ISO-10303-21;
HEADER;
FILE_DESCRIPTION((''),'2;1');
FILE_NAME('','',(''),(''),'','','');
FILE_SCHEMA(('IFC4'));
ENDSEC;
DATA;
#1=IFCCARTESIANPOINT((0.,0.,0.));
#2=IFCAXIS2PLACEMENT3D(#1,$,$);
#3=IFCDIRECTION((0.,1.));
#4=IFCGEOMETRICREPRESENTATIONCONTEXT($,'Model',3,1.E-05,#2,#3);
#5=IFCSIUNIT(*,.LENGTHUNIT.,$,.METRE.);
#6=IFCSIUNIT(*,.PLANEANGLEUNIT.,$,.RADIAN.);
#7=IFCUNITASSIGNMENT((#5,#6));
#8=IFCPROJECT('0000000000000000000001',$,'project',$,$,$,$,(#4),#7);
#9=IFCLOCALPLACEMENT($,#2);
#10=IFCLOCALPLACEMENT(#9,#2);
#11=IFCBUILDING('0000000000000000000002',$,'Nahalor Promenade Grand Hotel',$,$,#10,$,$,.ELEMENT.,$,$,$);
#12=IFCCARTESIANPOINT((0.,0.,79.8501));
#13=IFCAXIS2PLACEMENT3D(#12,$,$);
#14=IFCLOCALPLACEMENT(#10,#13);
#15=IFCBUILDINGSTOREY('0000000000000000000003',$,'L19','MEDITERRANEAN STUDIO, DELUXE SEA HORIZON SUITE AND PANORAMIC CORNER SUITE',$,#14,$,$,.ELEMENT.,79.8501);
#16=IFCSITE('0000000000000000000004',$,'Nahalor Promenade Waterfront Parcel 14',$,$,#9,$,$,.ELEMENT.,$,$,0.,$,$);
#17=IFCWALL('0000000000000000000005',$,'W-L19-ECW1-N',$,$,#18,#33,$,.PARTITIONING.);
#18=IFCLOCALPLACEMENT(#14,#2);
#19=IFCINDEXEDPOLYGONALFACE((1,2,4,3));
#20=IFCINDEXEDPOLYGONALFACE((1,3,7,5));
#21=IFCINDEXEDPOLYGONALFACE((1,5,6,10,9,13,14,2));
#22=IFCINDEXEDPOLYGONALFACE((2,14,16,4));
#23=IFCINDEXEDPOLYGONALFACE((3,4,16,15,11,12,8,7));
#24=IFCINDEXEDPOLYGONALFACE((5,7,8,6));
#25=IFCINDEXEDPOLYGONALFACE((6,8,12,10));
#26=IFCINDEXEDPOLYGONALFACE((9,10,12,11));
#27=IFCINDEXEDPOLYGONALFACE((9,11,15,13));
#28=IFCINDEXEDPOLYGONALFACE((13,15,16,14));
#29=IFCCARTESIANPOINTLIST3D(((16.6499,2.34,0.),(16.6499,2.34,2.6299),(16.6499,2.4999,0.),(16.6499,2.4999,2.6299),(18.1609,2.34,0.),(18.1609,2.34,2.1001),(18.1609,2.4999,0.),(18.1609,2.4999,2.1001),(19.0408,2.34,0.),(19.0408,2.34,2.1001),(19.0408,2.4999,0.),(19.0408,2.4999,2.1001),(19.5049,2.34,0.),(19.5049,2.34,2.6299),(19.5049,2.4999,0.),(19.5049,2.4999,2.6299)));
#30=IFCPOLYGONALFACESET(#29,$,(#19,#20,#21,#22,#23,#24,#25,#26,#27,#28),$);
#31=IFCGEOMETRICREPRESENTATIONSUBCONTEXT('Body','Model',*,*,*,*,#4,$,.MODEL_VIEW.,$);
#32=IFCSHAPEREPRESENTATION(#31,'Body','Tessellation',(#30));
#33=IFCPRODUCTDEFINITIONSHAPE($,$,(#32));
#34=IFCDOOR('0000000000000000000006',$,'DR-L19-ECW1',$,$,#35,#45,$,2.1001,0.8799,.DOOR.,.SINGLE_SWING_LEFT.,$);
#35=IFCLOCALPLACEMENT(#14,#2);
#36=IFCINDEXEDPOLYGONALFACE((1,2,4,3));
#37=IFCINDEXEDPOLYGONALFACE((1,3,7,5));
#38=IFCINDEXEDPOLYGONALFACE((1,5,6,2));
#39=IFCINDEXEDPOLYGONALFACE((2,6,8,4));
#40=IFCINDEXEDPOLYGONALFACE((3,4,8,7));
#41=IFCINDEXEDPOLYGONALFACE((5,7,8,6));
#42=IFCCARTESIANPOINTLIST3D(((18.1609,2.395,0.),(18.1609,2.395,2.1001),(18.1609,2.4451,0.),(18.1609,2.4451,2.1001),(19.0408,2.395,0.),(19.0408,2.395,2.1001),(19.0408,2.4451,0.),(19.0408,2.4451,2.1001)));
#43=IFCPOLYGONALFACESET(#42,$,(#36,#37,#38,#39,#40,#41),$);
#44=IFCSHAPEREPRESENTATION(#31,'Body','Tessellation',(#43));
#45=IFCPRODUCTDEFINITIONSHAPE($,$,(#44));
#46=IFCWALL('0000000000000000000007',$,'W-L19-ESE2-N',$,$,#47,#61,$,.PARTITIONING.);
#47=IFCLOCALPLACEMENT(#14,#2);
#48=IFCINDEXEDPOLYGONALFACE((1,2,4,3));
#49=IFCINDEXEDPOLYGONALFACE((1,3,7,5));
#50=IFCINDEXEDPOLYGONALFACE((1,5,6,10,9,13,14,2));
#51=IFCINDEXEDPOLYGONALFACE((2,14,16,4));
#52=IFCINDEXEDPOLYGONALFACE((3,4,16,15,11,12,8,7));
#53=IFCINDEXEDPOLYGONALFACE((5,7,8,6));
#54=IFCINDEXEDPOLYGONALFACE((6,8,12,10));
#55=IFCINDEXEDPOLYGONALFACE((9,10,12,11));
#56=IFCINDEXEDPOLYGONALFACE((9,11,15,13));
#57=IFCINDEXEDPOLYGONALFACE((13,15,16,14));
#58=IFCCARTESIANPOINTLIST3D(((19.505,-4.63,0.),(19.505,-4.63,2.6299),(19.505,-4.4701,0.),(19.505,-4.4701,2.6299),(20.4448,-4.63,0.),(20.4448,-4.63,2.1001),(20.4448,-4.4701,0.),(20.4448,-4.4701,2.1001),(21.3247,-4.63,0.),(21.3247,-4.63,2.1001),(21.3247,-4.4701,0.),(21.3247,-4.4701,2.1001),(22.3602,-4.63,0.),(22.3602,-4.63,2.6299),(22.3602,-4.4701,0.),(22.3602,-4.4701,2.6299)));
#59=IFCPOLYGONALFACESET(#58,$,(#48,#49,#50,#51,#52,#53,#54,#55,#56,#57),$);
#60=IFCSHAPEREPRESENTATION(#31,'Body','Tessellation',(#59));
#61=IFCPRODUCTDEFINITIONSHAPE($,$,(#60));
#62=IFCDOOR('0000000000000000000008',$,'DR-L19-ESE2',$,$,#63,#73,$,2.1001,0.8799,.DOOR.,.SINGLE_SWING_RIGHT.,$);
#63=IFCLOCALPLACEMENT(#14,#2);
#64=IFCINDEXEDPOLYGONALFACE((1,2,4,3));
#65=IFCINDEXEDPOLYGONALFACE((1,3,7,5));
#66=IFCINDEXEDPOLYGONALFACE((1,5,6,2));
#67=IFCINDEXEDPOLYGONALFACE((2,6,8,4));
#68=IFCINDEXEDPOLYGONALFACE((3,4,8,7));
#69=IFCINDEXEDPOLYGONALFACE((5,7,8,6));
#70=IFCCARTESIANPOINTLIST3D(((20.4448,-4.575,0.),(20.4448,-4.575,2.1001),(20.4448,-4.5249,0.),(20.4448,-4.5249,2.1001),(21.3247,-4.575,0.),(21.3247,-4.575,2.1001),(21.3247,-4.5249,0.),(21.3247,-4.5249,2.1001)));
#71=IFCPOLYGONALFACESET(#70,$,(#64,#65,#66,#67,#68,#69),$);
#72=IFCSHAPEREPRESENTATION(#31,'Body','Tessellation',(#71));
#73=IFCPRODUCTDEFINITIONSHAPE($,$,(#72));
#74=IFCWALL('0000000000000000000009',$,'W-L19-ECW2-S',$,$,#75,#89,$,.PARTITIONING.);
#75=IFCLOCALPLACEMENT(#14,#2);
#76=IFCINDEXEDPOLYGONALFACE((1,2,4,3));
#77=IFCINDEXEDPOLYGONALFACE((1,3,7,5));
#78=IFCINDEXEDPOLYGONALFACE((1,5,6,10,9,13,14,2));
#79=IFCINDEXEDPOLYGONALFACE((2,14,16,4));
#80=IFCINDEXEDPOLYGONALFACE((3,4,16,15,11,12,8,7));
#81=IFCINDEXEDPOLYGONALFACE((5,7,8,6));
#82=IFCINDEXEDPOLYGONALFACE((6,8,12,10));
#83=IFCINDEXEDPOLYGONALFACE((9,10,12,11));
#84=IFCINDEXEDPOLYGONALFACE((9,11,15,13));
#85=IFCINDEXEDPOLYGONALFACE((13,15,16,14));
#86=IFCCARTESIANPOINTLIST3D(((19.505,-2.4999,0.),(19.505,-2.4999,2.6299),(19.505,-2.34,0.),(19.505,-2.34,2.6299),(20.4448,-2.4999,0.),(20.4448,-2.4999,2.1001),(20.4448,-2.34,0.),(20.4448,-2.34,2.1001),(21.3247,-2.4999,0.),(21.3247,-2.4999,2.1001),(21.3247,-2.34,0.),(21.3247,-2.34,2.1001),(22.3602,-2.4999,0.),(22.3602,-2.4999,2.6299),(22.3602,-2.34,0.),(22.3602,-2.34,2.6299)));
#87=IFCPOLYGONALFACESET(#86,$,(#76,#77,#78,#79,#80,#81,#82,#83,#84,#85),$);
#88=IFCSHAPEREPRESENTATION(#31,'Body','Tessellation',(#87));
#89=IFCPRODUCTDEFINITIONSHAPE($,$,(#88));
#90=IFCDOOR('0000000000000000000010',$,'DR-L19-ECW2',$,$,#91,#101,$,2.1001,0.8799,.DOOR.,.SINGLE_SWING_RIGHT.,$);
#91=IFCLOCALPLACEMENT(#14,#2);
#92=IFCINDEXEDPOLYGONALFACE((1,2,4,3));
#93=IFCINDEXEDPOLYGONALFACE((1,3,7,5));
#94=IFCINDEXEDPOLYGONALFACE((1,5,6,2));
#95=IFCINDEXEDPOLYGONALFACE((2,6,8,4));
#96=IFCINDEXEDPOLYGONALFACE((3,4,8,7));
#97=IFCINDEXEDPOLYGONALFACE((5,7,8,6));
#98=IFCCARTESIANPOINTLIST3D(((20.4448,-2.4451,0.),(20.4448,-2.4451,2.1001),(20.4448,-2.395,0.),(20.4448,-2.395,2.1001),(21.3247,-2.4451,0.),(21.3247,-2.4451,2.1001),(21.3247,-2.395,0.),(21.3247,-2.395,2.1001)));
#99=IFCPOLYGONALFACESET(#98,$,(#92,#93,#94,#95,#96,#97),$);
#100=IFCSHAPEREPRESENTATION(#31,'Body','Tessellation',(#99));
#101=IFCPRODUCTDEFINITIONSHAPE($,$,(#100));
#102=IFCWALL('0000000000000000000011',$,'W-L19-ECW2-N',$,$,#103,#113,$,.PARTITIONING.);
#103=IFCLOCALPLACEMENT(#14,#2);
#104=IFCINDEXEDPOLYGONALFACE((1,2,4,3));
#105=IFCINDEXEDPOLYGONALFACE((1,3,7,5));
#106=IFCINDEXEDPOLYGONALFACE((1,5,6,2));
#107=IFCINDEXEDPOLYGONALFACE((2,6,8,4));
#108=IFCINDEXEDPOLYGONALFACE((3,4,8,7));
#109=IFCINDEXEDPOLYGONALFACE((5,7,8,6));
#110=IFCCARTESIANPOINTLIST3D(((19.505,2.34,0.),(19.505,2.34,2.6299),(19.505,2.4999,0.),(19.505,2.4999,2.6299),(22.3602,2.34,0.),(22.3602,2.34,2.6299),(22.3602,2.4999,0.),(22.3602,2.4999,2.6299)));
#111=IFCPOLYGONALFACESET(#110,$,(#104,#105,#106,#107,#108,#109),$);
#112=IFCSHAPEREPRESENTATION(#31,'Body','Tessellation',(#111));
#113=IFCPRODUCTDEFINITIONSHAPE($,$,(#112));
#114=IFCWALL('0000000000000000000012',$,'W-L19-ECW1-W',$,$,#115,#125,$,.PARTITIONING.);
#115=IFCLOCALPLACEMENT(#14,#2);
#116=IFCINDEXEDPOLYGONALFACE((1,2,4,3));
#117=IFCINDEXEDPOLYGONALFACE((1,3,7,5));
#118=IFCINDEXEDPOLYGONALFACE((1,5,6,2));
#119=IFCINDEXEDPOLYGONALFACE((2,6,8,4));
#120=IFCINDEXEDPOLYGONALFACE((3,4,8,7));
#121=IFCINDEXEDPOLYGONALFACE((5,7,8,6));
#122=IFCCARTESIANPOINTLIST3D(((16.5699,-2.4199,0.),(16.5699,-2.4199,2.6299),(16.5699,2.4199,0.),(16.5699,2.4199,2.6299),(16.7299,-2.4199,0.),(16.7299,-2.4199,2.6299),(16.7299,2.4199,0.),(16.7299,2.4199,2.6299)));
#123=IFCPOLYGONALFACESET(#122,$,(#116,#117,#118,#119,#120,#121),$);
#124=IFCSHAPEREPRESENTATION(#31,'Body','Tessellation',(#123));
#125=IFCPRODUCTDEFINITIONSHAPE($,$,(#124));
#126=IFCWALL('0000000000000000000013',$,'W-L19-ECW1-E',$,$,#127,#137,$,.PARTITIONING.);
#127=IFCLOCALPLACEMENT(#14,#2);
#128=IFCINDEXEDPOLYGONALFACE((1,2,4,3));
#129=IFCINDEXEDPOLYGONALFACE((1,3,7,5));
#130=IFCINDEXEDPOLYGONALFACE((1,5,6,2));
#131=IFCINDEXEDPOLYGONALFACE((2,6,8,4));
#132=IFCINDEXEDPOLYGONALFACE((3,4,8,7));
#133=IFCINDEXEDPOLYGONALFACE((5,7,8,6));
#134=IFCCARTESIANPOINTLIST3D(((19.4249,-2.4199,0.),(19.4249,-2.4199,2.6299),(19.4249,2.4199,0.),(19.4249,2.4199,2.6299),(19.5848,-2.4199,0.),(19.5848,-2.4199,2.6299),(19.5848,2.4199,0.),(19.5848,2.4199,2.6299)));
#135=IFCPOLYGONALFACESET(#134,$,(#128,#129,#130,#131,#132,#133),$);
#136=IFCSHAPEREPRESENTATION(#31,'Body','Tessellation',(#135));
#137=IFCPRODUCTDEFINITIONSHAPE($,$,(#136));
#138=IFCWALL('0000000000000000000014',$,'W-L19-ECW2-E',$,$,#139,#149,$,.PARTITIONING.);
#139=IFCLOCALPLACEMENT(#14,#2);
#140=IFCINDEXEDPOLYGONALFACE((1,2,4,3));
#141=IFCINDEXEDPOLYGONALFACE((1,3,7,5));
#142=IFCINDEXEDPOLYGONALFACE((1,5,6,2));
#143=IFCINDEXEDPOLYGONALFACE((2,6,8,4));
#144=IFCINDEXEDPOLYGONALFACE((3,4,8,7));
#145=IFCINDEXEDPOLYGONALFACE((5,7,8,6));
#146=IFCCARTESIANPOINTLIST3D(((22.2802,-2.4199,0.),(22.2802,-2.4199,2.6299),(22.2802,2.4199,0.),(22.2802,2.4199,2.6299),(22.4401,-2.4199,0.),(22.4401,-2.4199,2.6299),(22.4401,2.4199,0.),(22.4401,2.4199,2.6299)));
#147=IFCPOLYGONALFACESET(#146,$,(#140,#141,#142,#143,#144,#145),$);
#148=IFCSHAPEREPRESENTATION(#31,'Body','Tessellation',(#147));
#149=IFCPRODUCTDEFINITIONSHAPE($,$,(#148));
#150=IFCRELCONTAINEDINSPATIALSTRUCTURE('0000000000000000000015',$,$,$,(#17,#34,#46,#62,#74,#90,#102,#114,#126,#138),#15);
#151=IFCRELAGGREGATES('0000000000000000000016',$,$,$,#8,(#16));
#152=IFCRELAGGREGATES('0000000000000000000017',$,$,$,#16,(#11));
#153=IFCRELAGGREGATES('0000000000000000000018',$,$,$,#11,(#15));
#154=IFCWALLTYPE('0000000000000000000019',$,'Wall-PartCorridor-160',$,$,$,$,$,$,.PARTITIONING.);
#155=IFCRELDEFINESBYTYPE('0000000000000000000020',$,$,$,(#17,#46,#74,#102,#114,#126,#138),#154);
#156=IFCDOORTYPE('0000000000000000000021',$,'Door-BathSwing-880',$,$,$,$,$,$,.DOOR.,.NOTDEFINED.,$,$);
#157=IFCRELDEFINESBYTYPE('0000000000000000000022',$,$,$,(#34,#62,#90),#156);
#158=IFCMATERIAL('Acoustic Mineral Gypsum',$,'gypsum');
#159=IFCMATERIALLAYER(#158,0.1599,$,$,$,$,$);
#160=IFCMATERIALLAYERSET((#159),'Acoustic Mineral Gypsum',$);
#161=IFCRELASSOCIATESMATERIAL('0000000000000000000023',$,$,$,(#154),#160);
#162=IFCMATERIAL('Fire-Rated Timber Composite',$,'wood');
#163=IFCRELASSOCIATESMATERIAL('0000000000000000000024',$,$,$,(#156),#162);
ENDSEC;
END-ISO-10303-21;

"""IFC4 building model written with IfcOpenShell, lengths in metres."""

from ifc_helpers import new_model, si_unit, direction, frame, frame_2d, origin, place, context, subcontext, project, spatial, rectangle, extrude, source, transform, mapped, material, layer, layer_set, type_object, element, fill, save


model = new_model("IFC4")

# Units and contexts
model_context = context("Model", 3, precision=1e-05, world=origin(), true_north=direction((0.0, 1.0)))
body_context = subcontext(model_context, "Body", "Model", "MODEL_VIEW")
ifc_project = project(units=[si_unit("LENGTHUNIT", "METRE"), si_unit("PLANEANGLEUNIT", "RADIAN")], contexts=[model_context])

# Site, building, storey
site_placement = place(None, origin())
site = spatial("IfcSite", under=ifc_project, at=site_placement, Name="Nahalor Promenade Waterfront Parcel 14", CompositionType="ELEMENT", RefElevation=0.0)
building_placement = place(site_placement, origin())
building = spatial("IfcBuilding", under=site, at=building_placement, Name="Nahalor Promenade Grand Hotel", CompositionType="ELEMENT")
storey_placement = place(building_placement, frame((0.0, 0.0, 79.8501)))
storey = spatial("IfcBuildingStorey", under=building, at=storey_placement, Name="L19", Description="MEDITERRANEAN STUDIO, DELUXE SEA HORIZON SUITE AND PANORAMIC CORNER SUITE", CompositionType="ELEMENT", Elevation=79.8501)

# Shared definitions
ifc_material_1 = material(Name="Acoustic Mineral Gypsum", Category="gypsum")
ifc_layer_1 = layer(ifc_material_1, 0.1599)
ifc_layer_set_1 = layer_set([ifc_layer_1], Name="Acoustic Mineral Gypsum")
wall_type_1 = type_object("IfcWallType", Name="Wall-PartCorridor-160", PredefinedType="PARTITIONING", material=ifc_layer_set_1)
ifc_material_2 = material(Name="Fire-Rated Timber Composite", Category="wood")

# Shared definitions
shared_shape_1 = source(origin(), body_context, "Body", "SweptSolid", [
    extrude(rectangle(XDim=2.855, YDim=0.1599, at=frame_2d((1.4275, 0.0))), origin(), (0.0, 0.0, 1.0), 2.6299),
])

# Walls, openings, doors
wall_1_placement = place(storey_placement, frame((16.6499, 2.4199, 0.0), z_axis=(0.0, 0.0, 1.0), x_axis=(1.0, 0.0, 0.0)))
wall_1 = element("IfcWall", 1, at=wall_1_placement, inside=storey, type_object=wall_type_1, Name="W-L19-ECW1-N", PredefinedType="PARTITIONING", context=body_context, shape_type="MappedRepresentation", body=[
    mapped(shared_shape_1, transform((0.0, 0.0, 0.0), scale=1.0)),
])
opening_1_placement = place(wall_1_placement, frame((1.511, 0.0, 0.0)))
opening_1 = element("IfcOpeningElement", 2, at=opening_1_placement, cuts=wall_1, PredefinedType="OPENING", context=body_context, shape_type="SweptSolid", body=[
    extrude(rectangle(XDim=0.8799, YDim=2.1001, at=frame_2d((0.4399, 1.05))), frame((0.0, 0.0898, 0.0), z_axis=(0.0, -1.0, 0.0), x_axis=(1.0, 0.0, 0.0)), (0.0, 0.0, 1.0), 0.1799),
])
door_type_1 = type_object("IfcDoorType", Name="Door-BathSwing-880", OperationType="NOTDEFINED", PredefinedType="DOOR", material=ifc_material_2)
shared_shape_2 = source(origin(), body_context, "Body", "SweptSolid", [
    extrude(rectangle(XDim=0.8799, YDim=2.1001, at=frame_2d((0.4399, 1.05))), frame((0.0, 0.0249, 0.0), z_axis=(0.0, -1.0, 0.0), x_axis=(1.0, 0.0, 0.0)), (0.0, 0.0, 1.0), 0.05),
])
door_1_placement = place(opening_1_placement, frame((0.8799, 0.0, 0.0), z_axis=(0.0, 0.0, 1.0), x_axis=(-1.0, 0.0, 0.0)))
door_1 = element("IfcDoor", 3, at=door_1_placement, inside=storey, type_object=door_type_1, Name="DR-L19-ECW1", OperationType="SINGLE_SWING_LEFT", OverallHeight=2.1001, OverallWidth=0.8799, PredefinedType="DOOR", context=body_context, shape_type="MappedRepresentation", body=[
    mapped(shared_shape_2, transform((0.0, 0.0, 0.0), scale=1.0)),
])
fill(opening_1, door_1)
shared_shape_3 = source(origin(), body_context, "Body", "SweptSolid", [
    extrude(rectangle(XDim=2.8552, YDim=0.1599, at=frame_2d((1.4277, 0.0))), origin(), (0.0, 0.0, 1.0), 2.6299),
])
wall_2_placement = place(storey_placement, frame((19.5049, -4.55, 0.0), z_axis=(0.0, 0.0, 1.0), x_axis=(1.0, 0.0, 0.0)))
wall_2 = element("IfcWall", 4, at=wall_2_placement, inside=storey, type_object=wall_type_1, Name="W-L19-ESE2-N", PredefinedType="PARTITIONING", context=body_context, shape_type="MappedRepresentation", body=[
    mapped(shared_shape_3, transform((0.0, 0.0, 0.0), scale=1.0)),
])
opening_2_placement = place(wall_2_placement, frame((0.9399, 0.0, 0.0)))
opening_2 = element("IfcOpeningElement", 5, at=opening_2_placement, cuts=wall_2, PredefinedType="OPENING", context=body_context, shape_type="SweptSolid", body=[
    extrude(rectangle(XDim=0.8799, YDim=2.1001, at=frame_2d((0.4399, 1.05))), frame((0.0, 0.0898, 0.0), z_axis=(0.0, -1.0, 0.0), x_axis=(1.0, 0.0, 0.0)), (0.0, 0.0, 1.0), 0.1799),
])
door_2_placement = place(opening_2_placement, frame((0.8799, 0.0, 0.0), z_axis=(0.0, 0.0, 1.0), x_axis=(-1.0, 0.0, 0.0)))
door_2 = element("IfcDoor", 6, at=door_2_placement, inside=storey, type_object=door_type_1, Name="DR-L19-ESE2", OperationType="SINGLE_SWING_RIGHT", OverallHeight=2.1001, OverallWidth=0.8799, PredefinedType="DOOR", context=body_context, shape_type="MappedRepresentation", body=[
    mapped(shared_shape_2, transform((0.0, 0.0, 0.0), scale=1.0)),
])
fill(opening_2, door_2)
wall_3_placement = place(storey_placement, frame((19.5049, -2.4199, 0.0), z_axis=(0.0, 0.0, 1.0), x_axis=(1.0, 0.0, 0.0)))
wall_3 = element("IfcWall", 7, at=wall_3_placement, inside=storey, type_object=wall_type_1, Name="W-L19-ECW2-S", PredefinedType="PARTITIONING", context=body_context, shape_type="MappedRepresentation", body=[
    mapped(shared_shape_3, transform((0.0, 0.0, 0.0), scale=1.0)),
])
opening_3_placement = place(wall_3_placement, frame((0.9399, 0.0, 0.0)))
opening_3 = element("IfcOpeningElement", 8, at=opening_3_placement, cuts=wall_3, PredefinedType="OPENING", context=body_context, shape_type="SweptSolid", body=[
    extrude(rectangle(XDim=0.8799, YDim=2.1001, at=frame_2d((0.4399, 1.05))), frame((0.0, 0.0898, 0.0), z_axis=(0.0, -1.0, 0.0), x_axis=(1.0, 0.0, 0.0)), (0.0, 0.0, 1.0), 0.1799),
])
door_3_placement = place(opening_3_placement, origin())
door_3 = element("IfcDoor", 9, at=door_3_placement, inside=storey, type_object=door_type_1, Name="DR-L19-ECW2", OperationType="SINGLE_SWING_RIGHT", OverallHeight=2.1001, OverallWidth=0.8799, PredefinedType="DOOR", context=body_context, shape_type="MappedRepresentation", body=[
    mapped(shared_shape_2, transform((0.0, 0.0, 0.0), scale=1.0)),
])
fill(opening_3, door_3)

# Walls
wall_4_placement = place(storey_placement, frame((19.5049, 2.4199, 0.0), z_axis=(0.0, 0.0, 1.0), x_axis=(1.0, 0.0, 0.0)))
element("IfcWall", 10, at=wall_4_placement, inside=storey, type_object=wall_type_1, Name="W-L19-ECW2-N", PredefinedType="PARTITIONING", context=body_context, shape_type="MappedRepresentation", body=[
    mapped(shared_shape_3, transform((0.0, 0.0, 0.0), scale=1.0)),
])
shared_shape_4 = source(origin(), body_context, "Body", "SweptSolid", [
    extrude(rectangle(XDim=4.8398, YDim=0.1599, at=frame_2d((2.4199, 0.0))), origin(), (0.0, 0.0, 1.0), 2.6299),
])
for number, where, z_axis, x_axis, name in (
    (11, (16.6499, -2.4199, 0.0), (0.0, 0.0, 1.0), (0.0, 1.0, 0.0), "W-L19-ECW1-W"),
    (12, (19.5049, -2.4199, 0.0), (0.0, 0.0, 1.0), (0.0, 1.0, 0.0), "W-L19-ECW1-E"),
    (13, (22.3601, -2.4199, 0.0), (0.0, 0.0, 1.0), (0.0, 1.0, 0.0), "W-L19-ECW2-E"),
):
    element("IfcWall", number, at=place(storey_placement, frame(where, z_axis=z_axis, x_axis=x_axis)), inside=storey, type_object=wall_type_1, Name=name, PredefinedType="PARTITIONING", context=body_context, shape_type="MappedRepresentation", body=[
        mapped(shared_shape_4, transform((0.0, 0.0, 0.0), scale=1.0)),
    ])

save(model, "model.ifc")
